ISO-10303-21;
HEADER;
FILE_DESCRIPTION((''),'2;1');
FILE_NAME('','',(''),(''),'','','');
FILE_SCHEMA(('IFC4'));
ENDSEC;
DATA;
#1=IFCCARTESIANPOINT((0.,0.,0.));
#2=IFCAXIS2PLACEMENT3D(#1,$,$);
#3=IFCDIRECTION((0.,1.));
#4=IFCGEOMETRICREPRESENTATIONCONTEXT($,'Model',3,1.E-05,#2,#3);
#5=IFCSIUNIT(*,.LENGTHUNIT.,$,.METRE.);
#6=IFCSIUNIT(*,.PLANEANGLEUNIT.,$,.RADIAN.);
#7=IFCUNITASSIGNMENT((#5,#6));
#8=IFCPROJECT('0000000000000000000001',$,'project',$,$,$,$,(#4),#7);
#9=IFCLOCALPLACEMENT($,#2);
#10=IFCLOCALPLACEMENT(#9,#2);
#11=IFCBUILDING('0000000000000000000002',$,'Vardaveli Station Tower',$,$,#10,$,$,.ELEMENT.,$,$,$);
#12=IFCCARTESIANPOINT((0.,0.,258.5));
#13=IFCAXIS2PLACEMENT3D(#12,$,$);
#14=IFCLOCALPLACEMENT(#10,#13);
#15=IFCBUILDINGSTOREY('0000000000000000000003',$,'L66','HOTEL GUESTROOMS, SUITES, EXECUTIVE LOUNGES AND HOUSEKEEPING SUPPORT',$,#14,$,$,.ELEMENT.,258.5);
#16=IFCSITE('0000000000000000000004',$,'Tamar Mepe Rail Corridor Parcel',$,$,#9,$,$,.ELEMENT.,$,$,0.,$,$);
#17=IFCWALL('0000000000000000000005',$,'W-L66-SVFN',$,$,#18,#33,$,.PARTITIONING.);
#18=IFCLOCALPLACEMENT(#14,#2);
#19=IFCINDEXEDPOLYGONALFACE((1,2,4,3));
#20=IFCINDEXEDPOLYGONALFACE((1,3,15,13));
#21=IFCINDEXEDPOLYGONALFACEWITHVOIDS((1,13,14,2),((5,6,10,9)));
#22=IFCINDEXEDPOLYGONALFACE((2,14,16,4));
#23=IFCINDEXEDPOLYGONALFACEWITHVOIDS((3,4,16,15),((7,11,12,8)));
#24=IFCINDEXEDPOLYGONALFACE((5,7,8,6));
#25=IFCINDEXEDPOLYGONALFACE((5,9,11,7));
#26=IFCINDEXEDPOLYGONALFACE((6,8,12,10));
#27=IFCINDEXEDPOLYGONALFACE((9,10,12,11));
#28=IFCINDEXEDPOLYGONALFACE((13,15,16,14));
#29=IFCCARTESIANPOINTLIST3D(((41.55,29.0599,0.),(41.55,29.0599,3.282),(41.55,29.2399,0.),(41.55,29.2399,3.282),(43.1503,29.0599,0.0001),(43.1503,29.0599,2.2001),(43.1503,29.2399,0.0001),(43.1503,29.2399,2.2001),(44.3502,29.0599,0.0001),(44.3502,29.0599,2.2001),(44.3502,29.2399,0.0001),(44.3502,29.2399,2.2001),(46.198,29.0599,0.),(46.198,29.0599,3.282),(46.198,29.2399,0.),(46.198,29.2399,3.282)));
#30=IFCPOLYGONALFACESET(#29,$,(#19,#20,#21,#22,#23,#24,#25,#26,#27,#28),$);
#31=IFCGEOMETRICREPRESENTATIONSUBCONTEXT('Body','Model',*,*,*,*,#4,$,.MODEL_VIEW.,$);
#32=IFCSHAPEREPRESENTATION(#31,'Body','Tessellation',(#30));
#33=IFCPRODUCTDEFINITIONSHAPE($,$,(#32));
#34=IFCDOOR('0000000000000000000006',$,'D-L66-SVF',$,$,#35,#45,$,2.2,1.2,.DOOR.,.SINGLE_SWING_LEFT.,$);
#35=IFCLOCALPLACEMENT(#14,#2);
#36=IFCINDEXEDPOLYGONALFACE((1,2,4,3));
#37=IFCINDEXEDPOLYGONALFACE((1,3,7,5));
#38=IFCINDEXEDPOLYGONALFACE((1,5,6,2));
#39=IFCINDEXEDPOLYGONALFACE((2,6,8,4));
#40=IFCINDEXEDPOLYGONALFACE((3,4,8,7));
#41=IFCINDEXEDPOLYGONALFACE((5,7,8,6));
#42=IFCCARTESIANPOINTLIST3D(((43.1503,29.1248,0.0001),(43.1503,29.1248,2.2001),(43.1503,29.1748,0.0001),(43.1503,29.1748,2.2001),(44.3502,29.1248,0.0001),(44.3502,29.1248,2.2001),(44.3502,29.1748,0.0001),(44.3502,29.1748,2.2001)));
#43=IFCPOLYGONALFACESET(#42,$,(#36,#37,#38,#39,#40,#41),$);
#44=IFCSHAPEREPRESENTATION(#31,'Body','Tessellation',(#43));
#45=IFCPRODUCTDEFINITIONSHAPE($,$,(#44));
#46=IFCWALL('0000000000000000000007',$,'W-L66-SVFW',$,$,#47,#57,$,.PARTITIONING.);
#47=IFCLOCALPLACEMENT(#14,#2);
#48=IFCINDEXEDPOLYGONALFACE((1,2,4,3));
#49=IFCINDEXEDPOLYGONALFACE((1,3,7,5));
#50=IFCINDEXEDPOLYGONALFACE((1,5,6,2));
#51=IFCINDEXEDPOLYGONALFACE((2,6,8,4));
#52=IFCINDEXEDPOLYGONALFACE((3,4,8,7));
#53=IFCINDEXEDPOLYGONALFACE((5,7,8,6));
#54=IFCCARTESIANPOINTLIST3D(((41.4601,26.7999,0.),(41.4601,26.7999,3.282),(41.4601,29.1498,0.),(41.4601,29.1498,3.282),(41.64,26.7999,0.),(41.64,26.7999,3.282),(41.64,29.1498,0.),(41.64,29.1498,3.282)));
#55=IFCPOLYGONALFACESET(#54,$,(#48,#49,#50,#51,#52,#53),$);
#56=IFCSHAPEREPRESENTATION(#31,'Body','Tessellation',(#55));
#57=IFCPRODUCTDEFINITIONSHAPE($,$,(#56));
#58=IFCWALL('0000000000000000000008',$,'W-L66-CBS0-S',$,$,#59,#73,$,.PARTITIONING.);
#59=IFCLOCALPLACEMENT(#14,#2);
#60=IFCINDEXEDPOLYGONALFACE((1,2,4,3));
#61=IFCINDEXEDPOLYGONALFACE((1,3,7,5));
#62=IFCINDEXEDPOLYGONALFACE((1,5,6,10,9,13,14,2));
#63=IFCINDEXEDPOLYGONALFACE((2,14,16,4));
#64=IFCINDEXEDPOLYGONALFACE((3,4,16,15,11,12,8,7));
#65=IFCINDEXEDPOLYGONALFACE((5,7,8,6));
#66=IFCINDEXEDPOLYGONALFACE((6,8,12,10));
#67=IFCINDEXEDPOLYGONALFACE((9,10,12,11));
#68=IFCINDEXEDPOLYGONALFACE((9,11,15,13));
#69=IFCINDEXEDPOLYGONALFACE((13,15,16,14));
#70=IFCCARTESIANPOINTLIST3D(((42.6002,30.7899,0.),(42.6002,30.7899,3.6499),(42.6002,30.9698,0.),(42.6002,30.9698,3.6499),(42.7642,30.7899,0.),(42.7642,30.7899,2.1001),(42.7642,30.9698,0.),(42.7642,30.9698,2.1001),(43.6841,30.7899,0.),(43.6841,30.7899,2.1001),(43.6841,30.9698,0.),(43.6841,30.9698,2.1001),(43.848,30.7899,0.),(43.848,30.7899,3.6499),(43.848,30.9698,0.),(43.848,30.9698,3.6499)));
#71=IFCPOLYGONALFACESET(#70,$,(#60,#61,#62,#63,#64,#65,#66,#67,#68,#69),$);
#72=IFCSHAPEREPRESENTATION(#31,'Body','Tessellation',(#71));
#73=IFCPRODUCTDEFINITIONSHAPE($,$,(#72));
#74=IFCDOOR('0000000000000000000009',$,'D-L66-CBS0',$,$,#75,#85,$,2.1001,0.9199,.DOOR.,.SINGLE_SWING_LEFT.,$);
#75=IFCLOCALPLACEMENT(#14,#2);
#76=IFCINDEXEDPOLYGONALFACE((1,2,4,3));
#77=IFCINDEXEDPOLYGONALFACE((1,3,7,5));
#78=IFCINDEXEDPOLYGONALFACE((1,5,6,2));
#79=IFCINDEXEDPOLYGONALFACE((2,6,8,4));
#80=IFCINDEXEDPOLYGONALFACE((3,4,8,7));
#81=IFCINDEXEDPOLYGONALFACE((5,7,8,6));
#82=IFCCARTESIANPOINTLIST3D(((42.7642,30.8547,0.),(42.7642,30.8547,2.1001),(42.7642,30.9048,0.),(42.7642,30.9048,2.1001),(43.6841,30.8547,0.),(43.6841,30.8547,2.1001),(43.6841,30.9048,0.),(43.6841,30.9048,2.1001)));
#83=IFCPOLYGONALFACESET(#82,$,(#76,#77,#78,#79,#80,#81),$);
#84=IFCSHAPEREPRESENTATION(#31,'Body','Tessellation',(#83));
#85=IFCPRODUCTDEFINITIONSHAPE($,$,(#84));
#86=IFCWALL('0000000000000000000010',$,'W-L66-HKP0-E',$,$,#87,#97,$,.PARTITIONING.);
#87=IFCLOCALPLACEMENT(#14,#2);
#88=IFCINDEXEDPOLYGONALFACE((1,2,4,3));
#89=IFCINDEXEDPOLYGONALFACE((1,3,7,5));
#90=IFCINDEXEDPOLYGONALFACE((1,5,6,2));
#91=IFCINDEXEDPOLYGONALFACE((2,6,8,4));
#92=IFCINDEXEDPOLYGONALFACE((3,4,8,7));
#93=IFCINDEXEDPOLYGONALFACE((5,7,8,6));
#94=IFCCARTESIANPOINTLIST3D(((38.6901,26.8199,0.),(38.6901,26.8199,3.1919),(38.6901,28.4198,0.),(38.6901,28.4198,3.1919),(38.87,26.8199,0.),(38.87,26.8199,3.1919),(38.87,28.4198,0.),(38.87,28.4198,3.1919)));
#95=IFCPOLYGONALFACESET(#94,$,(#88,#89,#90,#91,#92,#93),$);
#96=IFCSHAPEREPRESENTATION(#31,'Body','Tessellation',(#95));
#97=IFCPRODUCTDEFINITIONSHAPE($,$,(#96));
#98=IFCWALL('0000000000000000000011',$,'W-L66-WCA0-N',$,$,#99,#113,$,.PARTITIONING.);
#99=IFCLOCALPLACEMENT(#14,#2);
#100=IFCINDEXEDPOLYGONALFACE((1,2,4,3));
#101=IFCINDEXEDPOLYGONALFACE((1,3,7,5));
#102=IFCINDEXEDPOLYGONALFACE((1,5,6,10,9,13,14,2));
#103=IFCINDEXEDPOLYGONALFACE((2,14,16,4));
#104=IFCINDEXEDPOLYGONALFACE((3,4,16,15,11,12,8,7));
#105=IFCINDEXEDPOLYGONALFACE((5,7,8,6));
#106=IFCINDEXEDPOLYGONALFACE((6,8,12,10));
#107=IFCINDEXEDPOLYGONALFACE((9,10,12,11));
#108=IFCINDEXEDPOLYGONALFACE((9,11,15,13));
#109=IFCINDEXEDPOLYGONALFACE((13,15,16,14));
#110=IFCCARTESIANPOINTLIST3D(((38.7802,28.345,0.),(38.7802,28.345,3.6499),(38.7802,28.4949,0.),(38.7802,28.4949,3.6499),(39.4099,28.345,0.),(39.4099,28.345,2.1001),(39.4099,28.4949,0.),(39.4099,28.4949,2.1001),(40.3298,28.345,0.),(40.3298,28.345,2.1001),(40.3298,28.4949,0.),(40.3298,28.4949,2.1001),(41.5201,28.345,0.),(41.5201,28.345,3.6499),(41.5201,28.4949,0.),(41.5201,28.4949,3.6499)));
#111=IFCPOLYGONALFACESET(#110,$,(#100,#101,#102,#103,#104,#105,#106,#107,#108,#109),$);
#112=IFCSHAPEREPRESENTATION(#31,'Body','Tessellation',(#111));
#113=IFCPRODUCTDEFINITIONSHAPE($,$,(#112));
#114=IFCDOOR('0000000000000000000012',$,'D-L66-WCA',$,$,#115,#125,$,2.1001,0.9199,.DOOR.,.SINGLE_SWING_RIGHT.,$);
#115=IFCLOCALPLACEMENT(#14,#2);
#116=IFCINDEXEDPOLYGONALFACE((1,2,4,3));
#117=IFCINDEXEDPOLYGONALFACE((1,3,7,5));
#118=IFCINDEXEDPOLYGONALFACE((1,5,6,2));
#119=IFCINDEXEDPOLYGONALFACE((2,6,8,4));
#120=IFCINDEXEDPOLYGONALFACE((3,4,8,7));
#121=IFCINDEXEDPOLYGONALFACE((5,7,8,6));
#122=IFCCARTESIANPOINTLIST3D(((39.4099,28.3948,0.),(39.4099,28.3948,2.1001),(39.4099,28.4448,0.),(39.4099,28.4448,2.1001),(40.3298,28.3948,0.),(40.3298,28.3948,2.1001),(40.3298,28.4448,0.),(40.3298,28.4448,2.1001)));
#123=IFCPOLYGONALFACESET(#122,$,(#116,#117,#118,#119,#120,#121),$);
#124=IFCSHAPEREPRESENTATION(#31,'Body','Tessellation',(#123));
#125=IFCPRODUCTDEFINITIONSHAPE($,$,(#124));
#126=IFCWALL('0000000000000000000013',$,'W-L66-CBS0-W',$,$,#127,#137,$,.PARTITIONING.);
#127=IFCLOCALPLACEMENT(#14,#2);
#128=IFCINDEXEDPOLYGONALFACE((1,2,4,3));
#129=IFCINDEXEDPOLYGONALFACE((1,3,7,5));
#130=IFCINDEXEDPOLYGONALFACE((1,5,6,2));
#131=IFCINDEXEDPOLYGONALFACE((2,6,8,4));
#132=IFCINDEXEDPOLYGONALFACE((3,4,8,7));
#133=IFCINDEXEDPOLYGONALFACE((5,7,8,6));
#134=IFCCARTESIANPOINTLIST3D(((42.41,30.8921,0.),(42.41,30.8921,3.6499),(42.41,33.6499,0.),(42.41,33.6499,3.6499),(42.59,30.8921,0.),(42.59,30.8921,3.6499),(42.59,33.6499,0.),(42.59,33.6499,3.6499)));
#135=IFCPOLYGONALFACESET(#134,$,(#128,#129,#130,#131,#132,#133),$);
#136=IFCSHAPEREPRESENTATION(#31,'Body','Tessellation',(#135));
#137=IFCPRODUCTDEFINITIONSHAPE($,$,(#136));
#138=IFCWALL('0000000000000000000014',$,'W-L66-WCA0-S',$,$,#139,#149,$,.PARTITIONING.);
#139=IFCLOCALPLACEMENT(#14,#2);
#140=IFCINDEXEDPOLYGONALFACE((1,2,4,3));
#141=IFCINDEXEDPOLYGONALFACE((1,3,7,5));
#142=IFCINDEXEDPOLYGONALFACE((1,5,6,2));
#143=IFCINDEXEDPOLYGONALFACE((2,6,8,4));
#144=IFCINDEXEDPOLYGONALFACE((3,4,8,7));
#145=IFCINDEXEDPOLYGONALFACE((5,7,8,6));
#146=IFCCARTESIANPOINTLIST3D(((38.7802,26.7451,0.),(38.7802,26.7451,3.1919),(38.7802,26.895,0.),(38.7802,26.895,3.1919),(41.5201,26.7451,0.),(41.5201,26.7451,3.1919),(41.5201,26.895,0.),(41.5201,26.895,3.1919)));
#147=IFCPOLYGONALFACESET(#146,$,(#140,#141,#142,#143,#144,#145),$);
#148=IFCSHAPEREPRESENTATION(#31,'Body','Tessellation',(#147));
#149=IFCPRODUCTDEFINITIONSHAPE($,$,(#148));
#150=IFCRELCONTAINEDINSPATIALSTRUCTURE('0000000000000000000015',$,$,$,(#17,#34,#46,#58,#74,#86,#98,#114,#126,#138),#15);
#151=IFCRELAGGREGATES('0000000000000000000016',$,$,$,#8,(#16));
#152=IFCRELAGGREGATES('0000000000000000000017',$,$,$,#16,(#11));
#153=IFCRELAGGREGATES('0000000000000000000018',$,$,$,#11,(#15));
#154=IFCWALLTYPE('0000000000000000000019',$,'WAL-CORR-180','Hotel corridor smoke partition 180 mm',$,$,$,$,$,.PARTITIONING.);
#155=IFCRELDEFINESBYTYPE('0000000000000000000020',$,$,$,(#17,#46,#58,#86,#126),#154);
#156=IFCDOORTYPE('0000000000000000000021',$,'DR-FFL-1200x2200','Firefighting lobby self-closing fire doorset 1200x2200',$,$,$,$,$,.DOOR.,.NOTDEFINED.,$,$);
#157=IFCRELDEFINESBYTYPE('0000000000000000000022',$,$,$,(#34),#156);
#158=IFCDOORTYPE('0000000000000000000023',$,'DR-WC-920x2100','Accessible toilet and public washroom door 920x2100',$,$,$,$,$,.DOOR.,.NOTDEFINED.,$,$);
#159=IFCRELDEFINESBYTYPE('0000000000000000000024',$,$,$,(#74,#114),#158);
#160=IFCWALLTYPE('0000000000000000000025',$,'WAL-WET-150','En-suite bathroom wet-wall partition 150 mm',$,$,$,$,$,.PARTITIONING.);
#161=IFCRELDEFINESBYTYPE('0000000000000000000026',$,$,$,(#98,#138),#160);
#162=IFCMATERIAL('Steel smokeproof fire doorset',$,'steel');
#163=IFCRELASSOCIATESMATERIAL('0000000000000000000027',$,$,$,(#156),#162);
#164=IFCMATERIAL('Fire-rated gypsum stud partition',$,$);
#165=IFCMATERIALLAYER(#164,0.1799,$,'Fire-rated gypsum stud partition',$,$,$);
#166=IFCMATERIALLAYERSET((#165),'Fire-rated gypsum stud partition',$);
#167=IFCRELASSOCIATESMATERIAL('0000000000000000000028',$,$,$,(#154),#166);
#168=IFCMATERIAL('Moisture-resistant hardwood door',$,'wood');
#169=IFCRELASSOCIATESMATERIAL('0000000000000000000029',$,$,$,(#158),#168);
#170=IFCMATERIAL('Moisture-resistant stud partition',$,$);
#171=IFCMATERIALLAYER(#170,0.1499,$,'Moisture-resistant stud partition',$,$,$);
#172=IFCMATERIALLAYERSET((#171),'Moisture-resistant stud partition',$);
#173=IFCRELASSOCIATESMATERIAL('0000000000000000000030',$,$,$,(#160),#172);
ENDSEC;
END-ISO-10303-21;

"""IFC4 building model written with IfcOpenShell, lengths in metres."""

from ifc_helpers import new_model, si_unit, direction, frame, frame_2d, origin, place, context, subcontext, project, spatial, rectangle, extrude, source, transform, mapped, material, layer, layer_set, type_object, element, fill, save


model = new_model("IFC4")

# Units and contexts
model_context = context("Model", 3, precision=1e-05, world=origin(), true_north=direction((0.0, 1.0)))
body_context = subcontext(model_context, "Body", "Model", "MODEL_VIEW")
ifc_project = project(units=[si_unit("LENGTHUNIT", "METRE"), si_unit("PLANEANGLEUNIT", "RADIAN")], contexts=[model_context])

# Site, building, storey
site_placement = place(None, origin())
site = spatial("IfcSite", under=ifc_project, at=site_placement, Name="Tamar Mepe Rail Corridor Parcel", CompositionType="ELEMENT", RefElevation=0.0)
building_placement = place(site_placement, origin())
building = spatial("IfcBuilding", under=site, at=building_placement, Name="Vardaveli Station Tower", CompositionType="ELEMENT")
storey_placement = place(building_placement, frame((0.0, 0.0, 258.5)))
storey = spatial("IfcBuildingStorey", under=building, at=storey_placement, Name="L66", Description="HOTEL GUESTROOMS, SUITES, EXECUTIVE LOUNGES AND HOUSEKEEPING SUPPORT", CompositionType="ELEMENT", Elevation=258.5)

# Wall, opening, door
ifc_material_1 = material(Name="Steel smokeproof fire doorset", Category="steel")
door_type_1 = type_object("IfcDoorType", Name="DR-FFL-1200x2200", Description="Firefighting lobby self-closing fire doorset 1200x2200", OperationType="NOTDEFINED", PredefinedType="DOOR", material=ifc_material_1)
shared_shape_1 = source(origin(), body_context, "Body", "SweptSolid", [
    extrude(rectangle(XDim=1.2, YDim=2.2, at=frame_2d((0.6001, 1.1001))), frame((0.0, 0.0249, 0.0), z_axis=(0.0, -1.0, 0.0), x_axis=(1.0, 0.0, 0.0)), (0.0, 0.0, 1.0), 0.05),
])
ifc_material_2 = material(Name="Fire-rated gypsum stud partition")
ifc_layer_1 = layer(ifc_material_2, 0.1799, Name="Fire-rated gypsum stud partition")
ifc_layer_set_1 = layer_set([ifc_layer_1], Name="Fire-rated gypsum stud partition")
wall_type_1 = type_object("IfcWallType", Name="WAL-CORR-180", Description="Hotel corridor smoke partition 180 mm", PredefinedType="PARTITIONING", material=ifc_layer_set_1)
shared_shape_2 = source(origin(), body_context, "Body", "SweptSolid", [
    extrude(rectangle(XDim=4.6479, YDim=0.1799, at=frame_2d((2.324, 0.0))), origin(), (0.0, 0.0, 1.0), 3.282),
])
wall_1_placement = place(storey_placement, frame((41.55, 29.1499, 0.0), z_axis=(0.0, 0.0, 1.0), x_axis=(1.0, 0.0, 0.0)))
wall_1 = element("IfcWall", 1, at=wall_1_placement, inside=storey, type_object=wall_type_1, Name="W-L66-SVFN", PredefinedType="PARTITIONING", context=body_context, shape_type="MappedRepresentation", body=[
    mapped(shared_shape_2, transform((0.0, 0.0, 0.0), scale=1.0)),
])
shared_shape_3 = source(origin(), body_context, "Body", "SweptSolid", [
    extrude(rectangle(XDim=1.2, YDim=2.2, at=frame_2d((0.6001, 1.1001))), frame((0.0, 0.1001, 0.0), z_axis=(0.0, -1.0, 0.0), x_axis=(1.0, 0.0, 0.0)), (0.0, 0.0, 1.0), 0.2),
])
opening_1_placement = place(wall_1_placement, frame((1.6001, 0.0, 0.0)))
opening_1 = element("IfcOpeningElement", 2, at=opening_1_placement, cuts=wall_1, PredefinedType="OPENING", context=body_context, shape_type="MappedRepresentation", body=[
    mapped(shared_shape_3, transform((0.0, 0.0, 0.0), scale=1.0)),
])
door_1_placement = place(opening_1_placement, origin())
door_1 = element("IfcDoor", 3, at=door_1_placement, inside=storey, type_object=door_type_1, Name="D-L66-SVF", OperationType="SINGLE_SWING_LEFT", OverallHeight=2.2, OverallWidth=1.2, PredefinedType="DOOR", context=body_context, shape_type="MappedRepresentation", body=[
    mapped(shared_shape_1, transform((0.0, 0.0, 0.0), scale=1.0)),
])
fill(opening_1, door_1)

# Wall
shared_shape_4 = source(origin(), body_context, "Body", "SweptSolid", [
    extrude(rectangle(XDim=2.3499, YDim=0.1799, at=frame_2d((1.1748, 0.0))), origin(), (0.0, 0.0, 1.0), 3.282),
])
wall_2_placement = place(storey_placement, frame((41.55, 26.8, 0.0), z_axis=(0.0, 0.0, 1.0), x_axis=(0.0, 1.0, 0.0)))
element("IfcWall", 4, at=wall_2_placement, inside=storey, type_object=wall_type_1, Name="W-L66-SVFW", PredefinedType="PARTITIONING", context=body_context, shape_type="MappedRepresentation", body=[
    mapped(shared_shape_4, transform((0.0, 0.0, 0.0), scale=1.0)),
])

# Wall, opening, door
shared_shape_5 = source(origin(), body_context, "Body", "SweptSolid", [
    extrude(rectangle(XDim=1.2478, YDim=0.1799, at=frame_2d((0.624, 0.0))), origin(), (0.0, 0.0, 1.0), 3.6499),
])
wall_3_placement = place(storey_placement, frame((42.6001, 30.8799, 0.0), z_axis=(0.0, 0.0, 1.0), x_axis=(1.0, 0.0, 0.0)))
wall_3 = element("IfcWall", 5, at=wall_3_placement, inside=storey, type_object=wall_type_1, Name="W-L66-CBS0-S", PredefinedType="PARTITIONING", context=body_context, shape_type="MappedRepresentation", body=[
    mapped(shared_shape_5, transform((0.0, 0.0, 0.0), scale=1.0)),
])
shared_shape_6 = source(origin(), body_context, "Body", "SweptSolid", [
    extrude(rectangle(XDim=0.9199, YDim=2.1001, at=frame_2d((0.46, 1.05))), frame((0.0, 0.1001, 0.0), z_axis=(0.0, -1.0, 0.0), x_axis=(1.0, 0.0, 0.0)), (0.0, 0.0, 1.0), 0.2),
])
opening_2_placement = place(wall_3_placement, frame((0.1641, 0.0, 0.0)))
opening_2 = element("IfcOpeningElement", 6, at=opening_2_placement, cuts=wall_3, PredefinedType="OPENING", context=body_context, shape_type="MappedRepresentation", body=[
    mapped(shared_shape_6, transform((0.0, 0.0, 0.0), scale=1.0)),
])
ifc_material_3 = material(Name="Moisture-resistant hardwood door", Category="wood")
door_type_2 = type_object("IfcDoorType", Name="DR-WC-920x2100", Description="Accessible toilet and public washroom door 920x2100", OperationType="NOTDEFINED", PredefinedType="DOOR", material=ifc_material_3)
shared_shape_7 = source(origin(), body_context, "Body", "SweptSolid", [
    extrude(rectangle(XDim=0.9199, YDim=2.1001, at=frame_2d((0.46, 1.05))), frame((0.0, 0.0249, 0.0), z_axis=(0.0, -1.0, 0.0), x_axis=(1.0, 0.0, 0.0)), (0.0, 0.0, 1.0), 0.05),
])
door_2_placement = place(opening_2_placement, origin())
door_2 = element("IfcDoor", 7, at=door_2_placement, inside=storey, type_object=door_type_2, Name="D-L66-CBS0", OperationType="SINGLE_SWING_LEFT", OverallHeight=2.1001, OverallWidth=0.9199, PredefinedType="DOOR", context=body_context, shape_type="MappedRepresentation", body=[
    mapped(shared_shape_7, transform((0.0, 0.0, 0.0), scale=1.0)),
])
fill(opening_2, door_2)

# Wall
shared_shape_8 = source(origin(), body_context, "Body", "SweptSolid", [
    extrude(rectangle(XDim=1.5999, YDim=0.1799, at=frame_2d((0.7998, 0.0))), origin(), (0.0, 0.0, 1.0), 3.1919),
])
wall_4_placement = place(storey_placement, frame((38.78, 26.8201, 0.0), z_axis=(0.0, 0.0, 1.0), x_axis=(0.0, 1.0, 0.0)))
element("IfcWall", 8, at=wall_4_placement, inside=storey, type_object=wall_type_1, Name="W-L66-HKP0-E", PredefinedType="PARTITIONING", context=body_context, shape_type="MappedRepresentation", body=[
    mapped(shared_shape_8, transform((0.0, 0.0, 0.0), scale=1.0)),
])

# Wall, opening, door
ifc_material_4 = material(Name="Moisture-resistant stud partition")
ifc_layer_2 = layer(ifc_material_4, 0.1499, Name="Moisture-resistant stud partition")
ifc_layer_set_2 = layer_set([ifc_layer_2], Name="Moisture-resistant stud partition")
wall_type_2 = type_object("IfcWallType", Name="WAL-WET-150", Description="En-suite bathroom wet-wall partition 150 mm", PredefinedType="PARTITIONING", material=ifc_layer_set_2)
shared_shape_9 = source(origin(), body_context, "Body", "SweptSolid", [
    extrude(rectangle(XDim=2.74, YDim=0.1499, at=frame_2d((1.3701, 0.0))), origin(), (0.0, 0.0, 1.0), 3.6499),
])
wall_5_placement = place(storey_placement, frame((38.78, 28.4199, 0.0), z_axis=(0.0, 0.0, 1.0), x_axis=(1.0, 0.0, 0.0)))
wall_5 = element("IfcWall", 9, at=wall_5_placement, inside=storey, type_object=wall_type_2, Name="W-L66-WCA0-N", PredefinedType="PARTITIONING", context=body_context, shape_type="MappedRepresentation", body=[
    mapped(shared_shape_9, transform((0.0, 0.0, 0.0), scale=1.0)),
])
shared_shape_10 = source(origin(), body_context, "Body", "SweptSolid", [
    extrude(rectangle(XDim=0.9199, YDim=2.1001, at=frame_2d((0.46, 1.05))), frame((0.0, 0.085, 0.0), z_axis=(0.0, -1.0, 0.0), x_axis=(1.0, 0.0, 0.0)), (0.0, 0.0, 1.0), 0.1699),
])
opening_3_placement = place(wall_5_placement, frame((0.6299, 0.0, 0.0)))
opening_3 = element("IfcOpeningElement", 10, at=opening_3_placement, cuts=wall_5, PredefinedType="OPENING", context=body_context, shape_type="MappedRepresentation", body=[
    mapped(shared_shape_10, transform((0.0, 0.0, 0.0), scale=1.0)),
])
door_3_placement = place(opening_3_placement, origin())
door_3 = element("IfcDoor", 11, at=door_3_placement, inside=storey, type_object=door_type_2, Name="D-L66-WCA", OperationType="SINGLE_SWING_RIGHT", OverallHeight=2.1001, OverallWidth=0.9199, PredefinedType="DOOR", context=body_context, shape_type="MappedRepresentation", body=[
    mapped(shared_shape_7, transform((0.0, 0.0, 0.0), scale=1.0)),
])
fill(opening_3, door_3)

# Walls
shared_shape_11 = source(origin(), body_context, "Body", "SweptSolid", [
    extrude(rectangle(XDim=2.7578, YDim=0.1799, at=frame_2d((1.3789, 0.0))), origin(), (0.0, 0.0, 1.0), 3.6499),
])
wall_6_placement = place(storey_placement, frame((42.5, 30.8921, 0.0), z_axis=(0.0, 0.0, 1.0), x_axis=(0.0, 1.0, 0.0)))
element("IfcWall", 12, at=wall_6_placement, inside=storey, type_object=wall_type_1, Name="W-L66-CBS0-W", PredefinedType="PARTITIONING", context=body_context, shape_type="MappedRepresentation", body=[
    mapped(shared_shape_11, transform((0.0, 0.0, 0.0), scale=1.0)),
])
shared_shape_12 = source(origin(), body_context, "Body", "SweptSolid", [
    extrude(rectangle(XDim=2.74, YDim=0.1499, at=frame_2d((1.3701, 0.0))), origin(), (0.0, 0.0, 1.0), 3.1919),
])
wall_7_placement = place(storey_placement, frame((38.78, 26.8201, 0.0), z_axis=(0.0, 0.0, 1.0), x_axis=(1.0, 0.0, 0.0)))
element("IfcWall", 13, at=wall_7_placement, inside=storey, type_object=wall_type_2, Name="W-L66-WCA0-S", PredefinedType="PARTITIONING", context=body_context, shape_type="MappedRepresentation", body=[
    mapped(shared_shape_12, transform((0.0, 0.0, 0.0), scale=1.0)),
])

save(model, "model.ifc")
